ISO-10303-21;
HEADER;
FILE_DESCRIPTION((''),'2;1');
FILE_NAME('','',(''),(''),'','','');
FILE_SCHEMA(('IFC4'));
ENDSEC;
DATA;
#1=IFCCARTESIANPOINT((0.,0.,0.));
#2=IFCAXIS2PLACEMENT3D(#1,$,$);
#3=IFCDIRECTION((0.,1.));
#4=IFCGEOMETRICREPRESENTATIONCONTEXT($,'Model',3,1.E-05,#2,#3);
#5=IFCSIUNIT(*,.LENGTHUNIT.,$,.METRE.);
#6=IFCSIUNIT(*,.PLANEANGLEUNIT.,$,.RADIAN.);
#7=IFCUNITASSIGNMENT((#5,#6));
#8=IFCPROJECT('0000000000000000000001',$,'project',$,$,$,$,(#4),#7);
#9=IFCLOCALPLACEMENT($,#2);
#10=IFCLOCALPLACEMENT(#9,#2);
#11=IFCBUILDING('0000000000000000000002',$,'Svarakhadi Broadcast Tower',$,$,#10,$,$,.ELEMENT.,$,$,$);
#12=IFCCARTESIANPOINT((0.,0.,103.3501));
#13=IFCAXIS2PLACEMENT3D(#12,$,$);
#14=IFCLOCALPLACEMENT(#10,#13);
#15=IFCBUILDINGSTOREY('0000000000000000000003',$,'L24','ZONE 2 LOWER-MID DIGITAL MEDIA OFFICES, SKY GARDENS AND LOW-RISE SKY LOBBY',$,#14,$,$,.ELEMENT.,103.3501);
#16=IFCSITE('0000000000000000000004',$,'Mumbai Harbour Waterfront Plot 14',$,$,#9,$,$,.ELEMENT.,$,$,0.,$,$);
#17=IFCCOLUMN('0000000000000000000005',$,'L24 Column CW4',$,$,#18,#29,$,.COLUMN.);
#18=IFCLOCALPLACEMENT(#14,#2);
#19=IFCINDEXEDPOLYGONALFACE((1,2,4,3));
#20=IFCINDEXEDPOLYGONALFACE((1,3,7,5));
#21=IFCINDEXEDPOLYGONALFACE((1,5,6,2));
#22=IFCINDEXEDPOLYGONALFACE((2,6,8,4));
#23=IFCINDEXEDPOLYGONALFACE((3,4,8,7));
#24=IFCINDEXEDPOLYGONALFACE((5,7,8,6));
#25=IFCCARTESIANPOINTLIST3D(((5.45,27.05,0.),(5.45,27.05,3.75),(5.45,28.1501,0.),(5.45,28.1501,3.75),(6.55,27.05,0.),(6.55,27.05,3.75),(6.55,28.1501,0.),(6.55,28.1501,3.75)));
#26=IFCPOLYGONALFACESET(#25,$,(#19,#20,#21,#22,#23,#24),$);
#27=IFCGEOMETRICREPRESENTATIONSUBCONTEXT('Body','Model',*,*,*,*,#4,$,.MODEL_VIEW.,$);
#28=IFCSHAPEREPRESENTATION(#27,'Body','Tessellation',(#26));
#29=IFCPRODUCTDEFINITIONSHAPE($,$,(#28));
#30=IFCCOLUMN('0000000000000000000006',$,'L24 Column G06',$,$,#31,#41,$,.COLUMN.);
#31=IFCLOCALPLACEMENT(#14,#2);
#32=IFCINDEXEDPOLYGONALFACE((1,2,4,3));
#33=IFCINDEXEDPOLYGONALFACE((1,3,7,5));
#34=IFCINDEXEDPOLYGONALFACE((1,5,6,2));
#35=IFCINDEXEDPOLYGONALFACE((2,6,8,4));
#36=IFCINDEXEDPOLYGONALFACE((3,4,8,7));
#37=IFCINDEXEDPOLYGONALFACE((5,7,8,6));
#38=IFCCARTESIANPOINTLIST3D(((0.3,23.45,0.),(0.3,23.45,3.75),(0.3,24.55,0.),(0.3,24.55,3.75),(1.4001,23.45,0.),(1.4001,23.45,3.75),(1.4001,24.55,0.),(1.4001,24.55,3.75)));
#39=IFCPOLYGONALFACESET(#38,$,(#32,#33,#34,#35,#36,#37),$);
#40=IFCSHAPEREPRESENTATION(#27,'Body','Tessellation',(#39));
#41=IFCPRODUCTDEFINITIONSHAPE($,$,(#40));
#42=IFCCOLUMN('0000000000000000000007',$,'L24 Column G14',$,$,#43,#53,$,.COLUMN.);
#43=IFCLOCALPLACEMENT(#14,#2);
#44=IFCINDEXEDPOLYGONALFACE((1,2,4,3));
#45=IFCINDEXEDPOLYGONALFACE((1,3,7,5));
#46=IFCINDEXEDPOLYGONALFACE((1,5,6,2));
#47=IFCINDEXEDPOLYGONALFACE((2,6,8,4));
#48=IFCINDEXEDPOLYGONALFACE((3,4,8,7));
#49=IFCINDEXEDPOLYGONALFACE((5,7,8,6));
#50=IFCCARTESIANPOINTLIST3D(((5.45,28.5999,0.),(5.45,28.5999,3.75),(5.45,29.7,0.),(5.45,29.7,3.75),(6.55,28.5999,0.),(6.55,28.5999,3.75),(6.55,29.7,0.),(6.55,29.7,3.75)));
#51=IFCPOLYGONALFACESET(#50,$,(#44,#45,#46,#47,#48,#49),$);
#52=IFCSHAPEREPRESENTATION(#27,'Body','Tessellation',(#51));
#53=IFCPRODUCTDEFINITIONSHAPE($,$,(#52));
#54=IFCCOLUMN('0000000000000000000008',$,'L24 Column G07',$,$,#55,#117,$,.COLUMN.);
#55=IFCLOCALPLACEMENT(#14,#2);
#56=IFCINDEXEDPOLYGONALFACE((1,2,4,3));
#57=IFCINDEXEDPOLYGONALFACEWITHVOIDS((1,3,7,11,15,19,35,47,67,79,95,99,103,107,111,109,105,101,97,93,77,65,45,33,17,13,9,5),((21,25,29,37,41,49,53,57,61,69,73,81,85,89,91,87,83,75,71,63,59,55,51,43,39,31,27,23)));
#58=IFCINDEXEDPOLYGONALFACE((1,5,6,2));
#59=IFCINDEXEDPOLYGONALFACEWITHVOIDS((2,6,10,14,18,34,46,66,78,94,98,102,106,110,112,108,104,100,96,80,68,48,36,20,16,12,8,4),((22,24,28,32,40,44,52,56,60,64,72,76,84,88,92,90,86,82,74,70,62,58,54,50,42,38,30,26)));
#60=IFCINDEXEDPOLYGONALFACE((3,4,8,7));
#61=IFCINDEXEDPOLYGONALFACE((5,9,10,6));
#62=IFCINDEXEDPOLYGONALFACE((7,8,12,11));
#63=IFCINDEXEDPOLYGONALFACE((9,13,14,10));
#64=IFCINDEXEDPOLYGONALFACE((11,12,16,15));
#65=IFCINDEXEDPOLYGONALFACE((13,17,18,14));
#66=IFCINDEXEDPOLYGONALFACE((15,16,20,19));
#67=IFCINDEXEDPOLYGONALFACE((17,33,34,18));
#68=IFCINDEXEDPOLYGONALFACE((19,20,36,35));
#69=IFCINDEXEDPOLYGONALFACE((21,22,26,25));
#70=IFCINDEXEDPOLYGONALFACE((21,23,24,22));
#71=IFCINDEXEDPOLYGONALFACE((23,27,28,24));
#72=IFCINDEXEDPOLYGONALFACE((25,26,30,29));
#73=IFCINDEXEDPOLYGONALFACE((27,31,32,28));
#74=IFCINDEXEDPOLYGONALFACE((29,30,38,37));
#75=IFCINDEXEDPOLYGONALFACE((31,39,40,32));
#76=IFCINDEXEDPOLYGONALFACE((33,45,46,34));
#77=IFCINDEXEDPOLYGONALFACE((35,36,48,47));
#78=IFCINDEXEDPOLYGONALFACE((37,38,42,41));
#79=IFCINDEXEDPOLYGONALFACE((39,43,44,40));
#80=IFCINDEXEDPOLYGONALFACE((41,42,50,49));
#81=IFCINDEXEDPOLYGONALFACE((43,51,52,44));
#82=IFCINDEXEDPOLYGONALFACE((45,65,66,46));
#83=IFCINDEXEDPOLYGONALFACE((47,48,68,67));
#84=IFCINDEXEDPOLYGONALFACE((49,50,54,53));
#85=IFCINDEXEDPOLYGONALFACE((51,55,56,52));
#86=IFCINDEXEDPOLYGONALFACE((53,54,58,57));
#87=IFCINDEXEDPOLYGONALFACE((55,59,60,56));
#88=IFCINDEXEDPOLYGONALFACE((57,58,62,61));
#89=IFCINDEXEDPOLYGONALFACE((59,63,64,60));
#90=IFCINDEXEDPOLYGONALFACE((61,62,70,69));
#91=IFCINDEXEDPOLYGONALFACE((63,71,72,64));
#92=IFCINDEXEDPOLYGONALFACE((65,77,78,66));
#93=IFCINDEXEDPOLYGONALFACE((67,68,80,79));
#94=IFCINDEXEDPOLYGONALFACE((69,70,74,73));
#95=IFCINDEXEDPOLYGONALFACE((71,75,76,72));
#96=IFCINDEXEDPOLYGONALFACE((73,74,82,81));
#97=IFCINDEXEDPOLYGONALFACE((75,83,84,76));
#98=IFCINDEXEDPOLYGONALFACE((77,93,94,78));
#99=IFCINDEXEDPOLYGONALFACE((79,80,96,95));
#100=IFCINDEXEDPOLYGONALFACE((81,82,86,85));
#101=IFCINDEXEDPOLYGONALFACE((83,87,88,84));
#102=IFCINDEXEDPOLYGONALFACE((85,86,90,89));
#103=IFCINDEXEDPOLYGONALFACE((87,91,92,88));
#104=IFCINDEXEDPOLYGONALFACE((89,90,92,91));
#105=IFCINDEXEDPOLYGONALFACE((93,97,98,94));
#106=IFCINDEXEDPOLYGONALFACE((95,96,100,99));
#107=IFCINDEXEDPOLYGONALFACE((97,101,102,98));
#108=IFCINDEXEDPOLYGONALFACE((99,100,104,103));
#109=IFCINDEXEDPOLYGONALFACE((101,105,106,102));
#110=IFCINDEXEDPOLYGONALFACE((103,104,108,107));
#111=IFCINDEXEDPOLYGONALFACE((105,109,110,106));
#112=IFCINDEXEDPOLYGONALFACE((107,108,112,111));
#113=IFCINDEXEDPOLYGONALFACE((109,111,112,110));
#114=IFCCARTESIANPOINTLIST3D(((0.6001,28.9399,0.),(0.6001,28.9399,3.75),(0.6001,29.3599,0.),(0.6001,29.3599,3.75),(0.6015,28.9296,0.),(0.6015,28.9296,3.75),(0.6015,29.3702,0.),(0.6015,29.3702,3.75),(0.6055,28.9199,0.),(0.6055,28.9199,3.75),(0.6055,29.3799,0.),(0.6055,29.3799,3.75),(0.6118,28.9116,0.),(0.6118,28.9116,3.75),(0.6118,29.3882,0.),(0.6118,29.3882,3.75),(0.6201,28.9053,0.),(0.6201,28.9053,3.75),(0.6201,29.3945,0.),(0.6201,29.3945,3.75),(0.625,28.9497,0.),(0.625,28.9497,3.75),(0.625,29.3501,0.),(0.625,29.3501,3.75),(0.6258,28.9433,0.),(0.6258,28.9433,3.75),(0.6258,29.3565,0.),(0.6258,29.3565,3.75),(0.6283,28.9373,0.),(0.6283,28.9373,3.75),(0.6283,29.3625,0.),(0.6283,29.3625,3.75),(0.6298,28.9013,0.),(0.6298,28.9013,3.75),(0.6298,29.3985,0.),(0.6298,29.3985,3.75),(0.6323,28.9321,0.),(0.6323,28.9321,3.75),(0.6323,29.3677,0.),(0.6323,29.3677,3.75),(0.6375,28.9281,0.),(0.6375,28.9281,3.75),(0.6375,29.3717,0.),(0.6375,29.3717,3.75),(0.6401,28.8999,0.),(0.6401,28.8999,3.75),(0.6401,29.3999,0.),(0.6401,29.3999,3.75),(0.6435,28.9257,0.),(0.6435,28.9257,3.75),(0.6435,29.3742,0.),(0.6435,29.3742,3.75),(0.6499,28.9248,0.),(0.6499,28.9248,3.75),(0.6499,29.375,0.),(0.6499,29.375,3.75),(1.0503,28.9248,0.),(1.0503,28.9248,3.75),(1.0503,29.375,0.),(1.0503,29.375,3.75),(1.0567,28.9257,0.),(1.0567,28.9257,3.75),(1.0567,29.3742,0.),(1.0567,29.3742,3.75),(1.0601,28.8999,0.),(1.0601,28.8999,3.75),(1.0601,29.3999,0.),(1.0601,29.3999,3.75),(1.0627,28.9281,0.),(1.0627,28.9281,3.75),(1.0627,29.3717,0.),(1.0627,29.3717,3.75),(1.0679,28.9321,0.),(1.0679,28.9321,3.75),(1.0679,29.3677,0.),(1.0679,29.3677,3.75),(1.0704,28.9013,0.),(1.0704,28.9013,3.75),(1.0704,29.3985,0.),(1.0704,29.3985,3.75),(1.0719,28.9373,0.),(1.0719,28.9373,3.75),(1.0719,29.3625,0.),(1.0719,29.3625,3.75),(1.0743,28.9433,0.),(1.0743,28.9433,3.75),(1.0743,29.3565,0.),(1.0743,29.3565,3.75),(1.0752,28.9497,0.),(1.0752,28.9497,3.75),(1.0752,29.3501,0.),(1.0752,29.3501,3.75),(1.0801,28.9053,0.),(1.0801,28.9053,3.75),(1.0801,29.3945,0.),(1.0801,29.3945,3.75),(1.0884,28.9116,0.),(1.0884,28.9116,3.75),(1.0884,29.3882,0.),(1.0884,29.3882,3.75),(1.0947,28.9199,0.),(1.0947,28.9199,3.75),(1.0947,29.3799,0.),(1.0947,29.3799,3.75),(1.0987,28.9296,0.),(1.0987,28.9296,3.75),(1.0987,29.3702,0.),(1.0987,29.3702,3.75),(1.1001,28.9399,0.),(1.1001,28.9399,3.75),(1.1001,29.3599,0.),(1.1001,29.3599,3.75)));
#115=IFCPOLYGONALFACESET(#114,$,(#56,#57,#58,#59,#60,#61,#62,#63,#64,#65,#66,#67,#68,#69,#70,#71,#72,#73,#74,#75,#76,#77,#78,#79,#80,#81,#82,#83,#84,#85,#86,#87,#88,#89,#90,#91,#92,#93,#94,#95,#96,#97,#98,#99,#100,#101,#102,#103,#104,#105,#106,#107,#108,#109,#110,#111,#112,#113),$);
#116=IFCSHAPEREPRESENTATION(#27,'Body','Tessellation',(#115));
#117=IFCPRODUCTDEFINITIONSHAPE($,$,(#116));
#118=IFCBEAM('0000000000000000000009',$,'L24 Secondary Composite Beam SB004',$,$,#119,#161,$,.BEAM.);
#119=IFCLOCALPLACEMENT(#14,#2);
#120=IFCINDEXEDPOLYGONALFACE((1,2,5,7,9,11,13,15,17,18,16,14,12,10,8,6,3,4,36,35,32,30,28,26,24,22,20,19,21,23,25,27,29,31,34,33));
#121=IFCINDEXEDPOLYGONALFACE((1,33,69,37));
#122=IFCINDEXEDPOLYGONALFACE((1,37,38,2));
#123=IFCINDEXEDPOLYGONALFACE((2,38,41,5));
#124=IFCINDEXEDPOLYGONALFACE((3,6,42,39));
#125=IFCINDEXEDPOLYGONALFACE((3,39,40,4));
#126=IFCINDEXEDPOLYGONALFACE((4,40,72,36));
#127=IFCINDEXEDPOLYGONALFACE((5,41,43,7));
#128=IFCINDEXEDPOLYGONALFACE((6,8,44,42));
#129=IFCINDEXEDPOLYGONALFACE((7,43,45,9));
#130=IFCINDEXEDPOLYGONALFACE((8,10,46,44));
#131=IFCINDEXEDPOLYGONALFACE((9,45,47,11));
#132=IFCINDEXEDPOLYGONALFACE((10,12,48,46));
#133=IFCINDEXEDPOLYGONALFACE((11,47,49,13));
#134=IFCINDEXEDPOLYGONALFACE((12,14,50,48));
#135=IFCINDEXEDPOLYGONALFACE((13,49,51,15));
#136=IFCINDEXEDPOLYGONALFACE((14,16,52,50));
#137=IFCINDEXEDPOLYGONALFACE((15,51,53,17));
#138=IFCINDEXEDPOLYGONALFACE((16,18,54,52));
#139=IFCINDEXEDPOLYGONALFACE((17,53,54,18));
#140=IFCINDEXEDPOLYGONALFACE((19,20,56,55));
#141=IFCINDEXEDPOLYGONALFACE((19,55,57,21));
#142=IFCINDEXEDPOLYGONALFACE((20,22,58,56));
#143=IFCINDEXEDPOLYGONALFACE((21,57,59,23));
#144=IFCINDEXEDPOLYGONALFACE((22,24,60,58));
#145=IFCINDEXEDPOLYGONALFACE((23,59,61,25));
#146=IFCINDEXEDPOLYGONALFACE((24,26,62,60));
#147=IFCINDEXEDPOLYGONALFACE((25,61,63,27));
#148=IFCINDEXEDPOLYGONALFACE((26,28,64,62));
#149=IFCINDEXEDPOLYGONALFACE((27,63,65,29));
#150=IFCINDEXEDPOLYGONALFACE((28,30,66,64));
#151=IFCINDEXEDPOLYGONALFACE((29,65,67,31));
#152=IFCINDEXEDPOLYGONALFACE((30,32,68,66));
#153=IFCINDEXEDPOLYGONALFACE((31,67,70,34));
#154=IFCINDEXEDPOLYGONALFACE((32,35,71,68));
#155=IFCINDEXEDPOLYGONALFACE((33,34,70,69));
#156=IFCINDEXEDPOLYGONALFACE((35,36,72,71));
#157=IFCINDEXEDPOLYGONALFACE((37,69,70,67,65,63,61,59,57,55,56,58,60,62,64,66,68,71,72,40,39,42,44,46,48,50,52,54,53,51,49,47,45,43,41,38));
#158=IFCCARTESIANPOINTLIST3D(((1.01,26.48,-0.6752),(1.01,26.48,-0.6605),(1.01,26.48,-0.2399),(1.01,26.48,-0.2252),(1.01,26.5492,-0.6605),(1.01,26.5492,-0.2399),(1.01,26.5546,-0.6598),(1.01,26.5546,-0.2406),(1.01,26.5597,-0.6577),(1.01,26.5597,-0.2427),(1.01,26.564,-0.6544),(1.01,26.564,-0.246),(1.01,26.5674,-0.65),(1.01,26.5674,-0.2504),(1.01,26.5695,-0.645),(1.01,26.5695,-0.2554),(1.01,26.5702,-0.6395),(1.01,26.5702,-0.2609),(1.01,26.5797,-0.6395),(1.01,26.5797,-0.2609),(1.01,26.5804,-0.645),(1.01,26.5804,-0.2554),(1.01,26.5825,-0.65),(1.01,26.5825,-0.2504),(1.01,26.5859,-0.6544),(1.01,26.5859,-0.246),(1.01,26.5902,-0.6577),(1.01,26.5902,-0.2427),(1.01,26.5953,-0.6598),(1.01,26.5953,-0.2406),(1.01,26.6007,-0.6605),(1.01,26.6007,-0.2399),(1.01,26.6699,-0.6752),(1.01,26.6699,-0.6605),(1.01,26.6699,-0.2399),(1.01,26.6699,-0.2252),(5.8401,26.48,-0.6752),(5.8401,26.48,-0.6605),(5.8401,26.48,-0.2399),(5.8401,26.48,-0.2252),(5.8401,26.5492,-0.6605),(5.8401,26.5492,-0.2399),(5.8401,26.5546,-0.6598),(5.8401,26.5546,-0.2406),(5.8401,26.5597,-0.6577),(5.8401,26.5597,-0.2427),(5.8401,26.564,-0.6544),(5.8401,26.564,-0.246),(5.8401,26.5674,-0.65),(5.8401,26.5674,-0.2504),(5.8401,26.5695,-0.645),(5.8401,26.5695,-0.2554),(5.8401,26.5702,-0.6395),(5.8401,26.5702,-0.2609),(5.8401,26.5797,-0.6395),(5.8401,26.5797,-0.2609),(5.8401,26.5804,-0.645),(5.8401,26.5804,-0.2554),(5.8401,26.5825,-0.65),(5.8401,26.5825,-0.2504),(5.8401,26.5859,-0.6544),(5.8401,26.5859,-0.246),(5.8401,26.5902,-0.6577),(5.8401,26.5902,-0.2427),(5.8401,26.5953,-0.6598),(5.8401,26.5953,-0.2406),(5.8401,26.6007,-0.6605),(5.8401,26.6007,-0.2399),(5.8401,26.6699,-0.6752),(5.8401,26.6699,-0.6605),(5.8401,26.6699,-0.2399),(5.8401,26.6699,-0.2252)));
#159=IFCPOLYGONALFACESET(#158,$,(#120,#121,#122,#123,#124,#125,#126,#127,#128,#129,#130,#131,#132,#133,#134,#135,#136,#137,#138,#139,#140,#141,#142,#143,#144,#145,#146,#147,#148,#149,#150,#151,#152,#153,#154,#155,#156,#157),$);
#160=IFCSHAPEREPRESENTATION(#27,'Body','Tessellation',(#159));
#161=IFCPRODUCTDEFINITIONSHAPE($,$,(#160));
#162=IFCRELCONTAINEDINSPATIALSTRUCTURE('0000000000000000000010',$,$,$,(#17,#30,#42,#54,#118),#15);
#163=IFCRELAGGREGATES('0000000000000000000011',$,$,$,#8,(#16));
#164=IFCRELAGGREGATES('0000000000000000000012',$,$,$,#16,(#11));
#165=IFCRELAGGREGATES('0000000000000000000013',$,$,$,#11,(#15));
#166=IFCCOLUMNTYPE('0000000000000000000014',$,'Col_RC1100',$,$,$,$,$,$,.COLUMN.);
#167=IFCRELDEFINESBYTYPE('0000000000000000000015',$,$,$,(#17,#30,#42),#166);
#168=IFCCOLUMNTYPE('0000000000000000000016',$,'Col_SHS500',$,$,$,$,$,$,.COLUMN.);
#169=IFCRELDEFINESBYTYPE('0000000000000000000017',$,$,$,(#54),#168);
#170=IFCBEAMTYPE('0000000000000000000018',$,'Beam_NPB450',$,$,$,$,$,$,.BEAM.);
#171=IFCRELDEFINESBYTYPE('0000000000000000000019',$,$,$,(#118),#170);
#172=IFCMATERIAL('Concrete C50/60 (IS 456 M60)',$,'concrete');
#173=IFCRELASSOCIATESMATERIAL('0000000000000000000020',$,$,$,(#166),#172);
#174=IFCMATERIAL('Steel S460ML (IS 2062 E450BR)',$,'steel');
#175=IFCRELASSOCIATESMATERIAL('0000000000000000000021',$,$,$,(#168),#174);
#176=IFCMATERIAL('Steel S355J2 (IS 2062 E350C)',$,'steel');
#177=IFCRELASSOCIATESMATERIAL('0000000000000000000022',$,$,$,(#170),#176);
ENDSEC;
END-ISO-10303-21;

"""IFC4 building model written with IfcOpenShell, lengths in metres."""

from ifc_helpers import new_model, si_unit, direction, frame, origin, origin_2d, place, context, subcontext, project, spatial, rectangle, hollow_rectangle, i_section, extrude, material, material_profile, profile_set, type_object, element, save


model = new_model("IFC4")

# Units and contexts
model_context = context("Model", 3, precision=1e-05, world=origin(), true_north=direction((0.0, 1.0)))
body_context = subcontext(model_context, "Body", "Model", "MODEL_VIEW")
ifc_project = project(units=[si_unit("LENGTHUNIT", "METRE"), si_unit("PLANEANGLEUNIT", "RADIAN")], contexts=[model_context])

# Site, building, storey
site_placement = place(None, origin())
site = spatial("IfcSite", under=ifc_project, at=site_placement, Name="Mumbai Harbour Waterfront Plot 14", CompositionType="ELEMENT", RefElevation=0.0)
building_placement = place(site_placement, origin())
building = spatial("IfcBuilding", under=site, at=building_placement, Name="Svarakhadi Broadcast Tower", CompositionType="ELEMENT")
storey_placement = place(building_placement, frame((0.0, 0.0, 103.3501)))
storey = spatial("IfcBuildingStorey", under=building, at=storey_placement, Name="L24", Description="ZONE 2 LOWER-MID DIGITAL MEDIA OFFICES, SKY GARDENS AND LOW-RISE SKY LOBBY", CompositionType="ELEMENT", Elevation=103.3501)

# Columns
ifc_material_1 = material(Name="Concrete C50/60 (IS 456 M60)", Category="concrete")
ifc_material_profile_1 = material_profile(ifc_material_1, rectangle(XDim=1.1001, YDim=1.1001, at=origin_2d()), Name="RC 1100x1100")
ifc_profile_set_1 = profile_set([ifc_material_profile_1], Name="Concrete C50/60 (IS 456 M60)")
column_type_1 = type_object("IfcColumnType", Name="Col_RC1100", PredefinedType="COLUMN", material=ifc_profile_set_1)
for number, where, z_axis, x_axis, name in (
    (1, (6.0, 27.6001, 0.0), (0.0, 0.0, 1.0), (1.0, 0.0, 0.0), "L24 Column CW4"),
    (2, (0.8501, 24.0, 0.0), (0.0, 0.0, 1.0), (1.0, 0.0, 0.0), "L24 Column G06"),
    (3, (6.0, 29.1499, 0.0), (0.0, 0.0, 1.0), (1.0, 0.0, 0.0), "L24 Column G14"),
):
    element("IfcColumn", number, at=place(storey_placement, frame(where, z_axis=z_axis, x_axis=x_axis)), inside=storey, type_object=column_type_1, Name=name, PredefinedType="COLUMN", context=body_context, shape_type="SweptSolid", body=[
        extrude(rectangle(XDim=1.1001, YDim=1.1001, at=origin_2d()), origin(), (0.0, 0.0, 1.0), 3.75),
    ])
ifc_material_2 = material(Name="Steel S460ML (IS 2062 E450BR)", Category="steel")
ifc_material_profile_2 = material_profile(ifc_material_2, hollow_rectangle(XDim=0.5, YDim=0.5, WallThickness=0.0249, InnerFilletRadius=0.0249, OuterFilletRadius=0.04, at=origin_2d()), Name="SHS 500x500x25")
ifc_profile_set_2 = profile_set([ifc_material_profile_2], Name="Steel S460ML (IS 2062 E450BR)")
column_type_2 = type_object("IfcColumnType", Name="Col_SHS500", PredefinedType="COLUMN", material=ifc_profile_set_2)
column_placement = place(storey_placement, frame((0.8501, 29.1499, 0.0), z_axis=(0.0, 0.0, 1.0), x_axis=(1.0, 0.0, 0.0)))
element("IfcColumn", 4, at=column_placement, inside=storey, type_object=column_type_2, Name="L24 Column G07", PredefinedType="COLUMN", context=body_context, shape_type="SweptSolid", body=[
    extrude(hollow_rectangle(XDim=0.5, YDim=0.5, WallThickness=0.0249, InnerFilletRadius=0.0249, OuterFilletRadius=0.04, at=origin_2d()), origin(), (0.0, 0.0, 1.0), 3.75),
])

# Beam
ifc_material_3 = material(Name="Steel S355J2 (IS 2062 E350C)", Category="steel")
ifc_material_profile_3 = material_profile(ifc_material_3, i_section(OverallWidth=0.1899, OverallDepth=0.45, WebThickness=0.0095, FlangeThickness=0.0146, FilletRadius=0.021, at=origin_2d()), Name="NPB 450x190x78")
ifc_profile_set_3 = profile_set([ifc_material_profile_3], Name="Steel S355J2 (IS 2062 E350C)")
beam_type_1 = type_object("IfcBeamType", Name="Beam_NPB450", PredefinedType="BEAM", material=ifc_profile_set_3)
for number, where, z_axis, x_axis, name in (
    (5, (1.01, 26.575, -0.4502), (1.0, 0.0, 0.0), (0.0, 1.0, 0.0), "L24 Secondary Composite Beam SB004"),
):
    element("IfcBeam", number, at=place(storey_placement, frame(where, z_axis=z_axis, x_axis=x_axis)), inside=storey, type_object=beam_type_1, Name=name, PredefinedType="BEAM", context=body_context, shape_type="SweptSolid", body=[
        extrude(i_section(OverallWidth=0.1899, OverallDepth=0.45, WebThickness=0.0095, FlangeThickness=0.0146, FilletRadius=0.021, at=origin_2d()), origin(), (0.0, 0.0, 1.0), 4.8301),
    ])

save(model, "model.ifc")
